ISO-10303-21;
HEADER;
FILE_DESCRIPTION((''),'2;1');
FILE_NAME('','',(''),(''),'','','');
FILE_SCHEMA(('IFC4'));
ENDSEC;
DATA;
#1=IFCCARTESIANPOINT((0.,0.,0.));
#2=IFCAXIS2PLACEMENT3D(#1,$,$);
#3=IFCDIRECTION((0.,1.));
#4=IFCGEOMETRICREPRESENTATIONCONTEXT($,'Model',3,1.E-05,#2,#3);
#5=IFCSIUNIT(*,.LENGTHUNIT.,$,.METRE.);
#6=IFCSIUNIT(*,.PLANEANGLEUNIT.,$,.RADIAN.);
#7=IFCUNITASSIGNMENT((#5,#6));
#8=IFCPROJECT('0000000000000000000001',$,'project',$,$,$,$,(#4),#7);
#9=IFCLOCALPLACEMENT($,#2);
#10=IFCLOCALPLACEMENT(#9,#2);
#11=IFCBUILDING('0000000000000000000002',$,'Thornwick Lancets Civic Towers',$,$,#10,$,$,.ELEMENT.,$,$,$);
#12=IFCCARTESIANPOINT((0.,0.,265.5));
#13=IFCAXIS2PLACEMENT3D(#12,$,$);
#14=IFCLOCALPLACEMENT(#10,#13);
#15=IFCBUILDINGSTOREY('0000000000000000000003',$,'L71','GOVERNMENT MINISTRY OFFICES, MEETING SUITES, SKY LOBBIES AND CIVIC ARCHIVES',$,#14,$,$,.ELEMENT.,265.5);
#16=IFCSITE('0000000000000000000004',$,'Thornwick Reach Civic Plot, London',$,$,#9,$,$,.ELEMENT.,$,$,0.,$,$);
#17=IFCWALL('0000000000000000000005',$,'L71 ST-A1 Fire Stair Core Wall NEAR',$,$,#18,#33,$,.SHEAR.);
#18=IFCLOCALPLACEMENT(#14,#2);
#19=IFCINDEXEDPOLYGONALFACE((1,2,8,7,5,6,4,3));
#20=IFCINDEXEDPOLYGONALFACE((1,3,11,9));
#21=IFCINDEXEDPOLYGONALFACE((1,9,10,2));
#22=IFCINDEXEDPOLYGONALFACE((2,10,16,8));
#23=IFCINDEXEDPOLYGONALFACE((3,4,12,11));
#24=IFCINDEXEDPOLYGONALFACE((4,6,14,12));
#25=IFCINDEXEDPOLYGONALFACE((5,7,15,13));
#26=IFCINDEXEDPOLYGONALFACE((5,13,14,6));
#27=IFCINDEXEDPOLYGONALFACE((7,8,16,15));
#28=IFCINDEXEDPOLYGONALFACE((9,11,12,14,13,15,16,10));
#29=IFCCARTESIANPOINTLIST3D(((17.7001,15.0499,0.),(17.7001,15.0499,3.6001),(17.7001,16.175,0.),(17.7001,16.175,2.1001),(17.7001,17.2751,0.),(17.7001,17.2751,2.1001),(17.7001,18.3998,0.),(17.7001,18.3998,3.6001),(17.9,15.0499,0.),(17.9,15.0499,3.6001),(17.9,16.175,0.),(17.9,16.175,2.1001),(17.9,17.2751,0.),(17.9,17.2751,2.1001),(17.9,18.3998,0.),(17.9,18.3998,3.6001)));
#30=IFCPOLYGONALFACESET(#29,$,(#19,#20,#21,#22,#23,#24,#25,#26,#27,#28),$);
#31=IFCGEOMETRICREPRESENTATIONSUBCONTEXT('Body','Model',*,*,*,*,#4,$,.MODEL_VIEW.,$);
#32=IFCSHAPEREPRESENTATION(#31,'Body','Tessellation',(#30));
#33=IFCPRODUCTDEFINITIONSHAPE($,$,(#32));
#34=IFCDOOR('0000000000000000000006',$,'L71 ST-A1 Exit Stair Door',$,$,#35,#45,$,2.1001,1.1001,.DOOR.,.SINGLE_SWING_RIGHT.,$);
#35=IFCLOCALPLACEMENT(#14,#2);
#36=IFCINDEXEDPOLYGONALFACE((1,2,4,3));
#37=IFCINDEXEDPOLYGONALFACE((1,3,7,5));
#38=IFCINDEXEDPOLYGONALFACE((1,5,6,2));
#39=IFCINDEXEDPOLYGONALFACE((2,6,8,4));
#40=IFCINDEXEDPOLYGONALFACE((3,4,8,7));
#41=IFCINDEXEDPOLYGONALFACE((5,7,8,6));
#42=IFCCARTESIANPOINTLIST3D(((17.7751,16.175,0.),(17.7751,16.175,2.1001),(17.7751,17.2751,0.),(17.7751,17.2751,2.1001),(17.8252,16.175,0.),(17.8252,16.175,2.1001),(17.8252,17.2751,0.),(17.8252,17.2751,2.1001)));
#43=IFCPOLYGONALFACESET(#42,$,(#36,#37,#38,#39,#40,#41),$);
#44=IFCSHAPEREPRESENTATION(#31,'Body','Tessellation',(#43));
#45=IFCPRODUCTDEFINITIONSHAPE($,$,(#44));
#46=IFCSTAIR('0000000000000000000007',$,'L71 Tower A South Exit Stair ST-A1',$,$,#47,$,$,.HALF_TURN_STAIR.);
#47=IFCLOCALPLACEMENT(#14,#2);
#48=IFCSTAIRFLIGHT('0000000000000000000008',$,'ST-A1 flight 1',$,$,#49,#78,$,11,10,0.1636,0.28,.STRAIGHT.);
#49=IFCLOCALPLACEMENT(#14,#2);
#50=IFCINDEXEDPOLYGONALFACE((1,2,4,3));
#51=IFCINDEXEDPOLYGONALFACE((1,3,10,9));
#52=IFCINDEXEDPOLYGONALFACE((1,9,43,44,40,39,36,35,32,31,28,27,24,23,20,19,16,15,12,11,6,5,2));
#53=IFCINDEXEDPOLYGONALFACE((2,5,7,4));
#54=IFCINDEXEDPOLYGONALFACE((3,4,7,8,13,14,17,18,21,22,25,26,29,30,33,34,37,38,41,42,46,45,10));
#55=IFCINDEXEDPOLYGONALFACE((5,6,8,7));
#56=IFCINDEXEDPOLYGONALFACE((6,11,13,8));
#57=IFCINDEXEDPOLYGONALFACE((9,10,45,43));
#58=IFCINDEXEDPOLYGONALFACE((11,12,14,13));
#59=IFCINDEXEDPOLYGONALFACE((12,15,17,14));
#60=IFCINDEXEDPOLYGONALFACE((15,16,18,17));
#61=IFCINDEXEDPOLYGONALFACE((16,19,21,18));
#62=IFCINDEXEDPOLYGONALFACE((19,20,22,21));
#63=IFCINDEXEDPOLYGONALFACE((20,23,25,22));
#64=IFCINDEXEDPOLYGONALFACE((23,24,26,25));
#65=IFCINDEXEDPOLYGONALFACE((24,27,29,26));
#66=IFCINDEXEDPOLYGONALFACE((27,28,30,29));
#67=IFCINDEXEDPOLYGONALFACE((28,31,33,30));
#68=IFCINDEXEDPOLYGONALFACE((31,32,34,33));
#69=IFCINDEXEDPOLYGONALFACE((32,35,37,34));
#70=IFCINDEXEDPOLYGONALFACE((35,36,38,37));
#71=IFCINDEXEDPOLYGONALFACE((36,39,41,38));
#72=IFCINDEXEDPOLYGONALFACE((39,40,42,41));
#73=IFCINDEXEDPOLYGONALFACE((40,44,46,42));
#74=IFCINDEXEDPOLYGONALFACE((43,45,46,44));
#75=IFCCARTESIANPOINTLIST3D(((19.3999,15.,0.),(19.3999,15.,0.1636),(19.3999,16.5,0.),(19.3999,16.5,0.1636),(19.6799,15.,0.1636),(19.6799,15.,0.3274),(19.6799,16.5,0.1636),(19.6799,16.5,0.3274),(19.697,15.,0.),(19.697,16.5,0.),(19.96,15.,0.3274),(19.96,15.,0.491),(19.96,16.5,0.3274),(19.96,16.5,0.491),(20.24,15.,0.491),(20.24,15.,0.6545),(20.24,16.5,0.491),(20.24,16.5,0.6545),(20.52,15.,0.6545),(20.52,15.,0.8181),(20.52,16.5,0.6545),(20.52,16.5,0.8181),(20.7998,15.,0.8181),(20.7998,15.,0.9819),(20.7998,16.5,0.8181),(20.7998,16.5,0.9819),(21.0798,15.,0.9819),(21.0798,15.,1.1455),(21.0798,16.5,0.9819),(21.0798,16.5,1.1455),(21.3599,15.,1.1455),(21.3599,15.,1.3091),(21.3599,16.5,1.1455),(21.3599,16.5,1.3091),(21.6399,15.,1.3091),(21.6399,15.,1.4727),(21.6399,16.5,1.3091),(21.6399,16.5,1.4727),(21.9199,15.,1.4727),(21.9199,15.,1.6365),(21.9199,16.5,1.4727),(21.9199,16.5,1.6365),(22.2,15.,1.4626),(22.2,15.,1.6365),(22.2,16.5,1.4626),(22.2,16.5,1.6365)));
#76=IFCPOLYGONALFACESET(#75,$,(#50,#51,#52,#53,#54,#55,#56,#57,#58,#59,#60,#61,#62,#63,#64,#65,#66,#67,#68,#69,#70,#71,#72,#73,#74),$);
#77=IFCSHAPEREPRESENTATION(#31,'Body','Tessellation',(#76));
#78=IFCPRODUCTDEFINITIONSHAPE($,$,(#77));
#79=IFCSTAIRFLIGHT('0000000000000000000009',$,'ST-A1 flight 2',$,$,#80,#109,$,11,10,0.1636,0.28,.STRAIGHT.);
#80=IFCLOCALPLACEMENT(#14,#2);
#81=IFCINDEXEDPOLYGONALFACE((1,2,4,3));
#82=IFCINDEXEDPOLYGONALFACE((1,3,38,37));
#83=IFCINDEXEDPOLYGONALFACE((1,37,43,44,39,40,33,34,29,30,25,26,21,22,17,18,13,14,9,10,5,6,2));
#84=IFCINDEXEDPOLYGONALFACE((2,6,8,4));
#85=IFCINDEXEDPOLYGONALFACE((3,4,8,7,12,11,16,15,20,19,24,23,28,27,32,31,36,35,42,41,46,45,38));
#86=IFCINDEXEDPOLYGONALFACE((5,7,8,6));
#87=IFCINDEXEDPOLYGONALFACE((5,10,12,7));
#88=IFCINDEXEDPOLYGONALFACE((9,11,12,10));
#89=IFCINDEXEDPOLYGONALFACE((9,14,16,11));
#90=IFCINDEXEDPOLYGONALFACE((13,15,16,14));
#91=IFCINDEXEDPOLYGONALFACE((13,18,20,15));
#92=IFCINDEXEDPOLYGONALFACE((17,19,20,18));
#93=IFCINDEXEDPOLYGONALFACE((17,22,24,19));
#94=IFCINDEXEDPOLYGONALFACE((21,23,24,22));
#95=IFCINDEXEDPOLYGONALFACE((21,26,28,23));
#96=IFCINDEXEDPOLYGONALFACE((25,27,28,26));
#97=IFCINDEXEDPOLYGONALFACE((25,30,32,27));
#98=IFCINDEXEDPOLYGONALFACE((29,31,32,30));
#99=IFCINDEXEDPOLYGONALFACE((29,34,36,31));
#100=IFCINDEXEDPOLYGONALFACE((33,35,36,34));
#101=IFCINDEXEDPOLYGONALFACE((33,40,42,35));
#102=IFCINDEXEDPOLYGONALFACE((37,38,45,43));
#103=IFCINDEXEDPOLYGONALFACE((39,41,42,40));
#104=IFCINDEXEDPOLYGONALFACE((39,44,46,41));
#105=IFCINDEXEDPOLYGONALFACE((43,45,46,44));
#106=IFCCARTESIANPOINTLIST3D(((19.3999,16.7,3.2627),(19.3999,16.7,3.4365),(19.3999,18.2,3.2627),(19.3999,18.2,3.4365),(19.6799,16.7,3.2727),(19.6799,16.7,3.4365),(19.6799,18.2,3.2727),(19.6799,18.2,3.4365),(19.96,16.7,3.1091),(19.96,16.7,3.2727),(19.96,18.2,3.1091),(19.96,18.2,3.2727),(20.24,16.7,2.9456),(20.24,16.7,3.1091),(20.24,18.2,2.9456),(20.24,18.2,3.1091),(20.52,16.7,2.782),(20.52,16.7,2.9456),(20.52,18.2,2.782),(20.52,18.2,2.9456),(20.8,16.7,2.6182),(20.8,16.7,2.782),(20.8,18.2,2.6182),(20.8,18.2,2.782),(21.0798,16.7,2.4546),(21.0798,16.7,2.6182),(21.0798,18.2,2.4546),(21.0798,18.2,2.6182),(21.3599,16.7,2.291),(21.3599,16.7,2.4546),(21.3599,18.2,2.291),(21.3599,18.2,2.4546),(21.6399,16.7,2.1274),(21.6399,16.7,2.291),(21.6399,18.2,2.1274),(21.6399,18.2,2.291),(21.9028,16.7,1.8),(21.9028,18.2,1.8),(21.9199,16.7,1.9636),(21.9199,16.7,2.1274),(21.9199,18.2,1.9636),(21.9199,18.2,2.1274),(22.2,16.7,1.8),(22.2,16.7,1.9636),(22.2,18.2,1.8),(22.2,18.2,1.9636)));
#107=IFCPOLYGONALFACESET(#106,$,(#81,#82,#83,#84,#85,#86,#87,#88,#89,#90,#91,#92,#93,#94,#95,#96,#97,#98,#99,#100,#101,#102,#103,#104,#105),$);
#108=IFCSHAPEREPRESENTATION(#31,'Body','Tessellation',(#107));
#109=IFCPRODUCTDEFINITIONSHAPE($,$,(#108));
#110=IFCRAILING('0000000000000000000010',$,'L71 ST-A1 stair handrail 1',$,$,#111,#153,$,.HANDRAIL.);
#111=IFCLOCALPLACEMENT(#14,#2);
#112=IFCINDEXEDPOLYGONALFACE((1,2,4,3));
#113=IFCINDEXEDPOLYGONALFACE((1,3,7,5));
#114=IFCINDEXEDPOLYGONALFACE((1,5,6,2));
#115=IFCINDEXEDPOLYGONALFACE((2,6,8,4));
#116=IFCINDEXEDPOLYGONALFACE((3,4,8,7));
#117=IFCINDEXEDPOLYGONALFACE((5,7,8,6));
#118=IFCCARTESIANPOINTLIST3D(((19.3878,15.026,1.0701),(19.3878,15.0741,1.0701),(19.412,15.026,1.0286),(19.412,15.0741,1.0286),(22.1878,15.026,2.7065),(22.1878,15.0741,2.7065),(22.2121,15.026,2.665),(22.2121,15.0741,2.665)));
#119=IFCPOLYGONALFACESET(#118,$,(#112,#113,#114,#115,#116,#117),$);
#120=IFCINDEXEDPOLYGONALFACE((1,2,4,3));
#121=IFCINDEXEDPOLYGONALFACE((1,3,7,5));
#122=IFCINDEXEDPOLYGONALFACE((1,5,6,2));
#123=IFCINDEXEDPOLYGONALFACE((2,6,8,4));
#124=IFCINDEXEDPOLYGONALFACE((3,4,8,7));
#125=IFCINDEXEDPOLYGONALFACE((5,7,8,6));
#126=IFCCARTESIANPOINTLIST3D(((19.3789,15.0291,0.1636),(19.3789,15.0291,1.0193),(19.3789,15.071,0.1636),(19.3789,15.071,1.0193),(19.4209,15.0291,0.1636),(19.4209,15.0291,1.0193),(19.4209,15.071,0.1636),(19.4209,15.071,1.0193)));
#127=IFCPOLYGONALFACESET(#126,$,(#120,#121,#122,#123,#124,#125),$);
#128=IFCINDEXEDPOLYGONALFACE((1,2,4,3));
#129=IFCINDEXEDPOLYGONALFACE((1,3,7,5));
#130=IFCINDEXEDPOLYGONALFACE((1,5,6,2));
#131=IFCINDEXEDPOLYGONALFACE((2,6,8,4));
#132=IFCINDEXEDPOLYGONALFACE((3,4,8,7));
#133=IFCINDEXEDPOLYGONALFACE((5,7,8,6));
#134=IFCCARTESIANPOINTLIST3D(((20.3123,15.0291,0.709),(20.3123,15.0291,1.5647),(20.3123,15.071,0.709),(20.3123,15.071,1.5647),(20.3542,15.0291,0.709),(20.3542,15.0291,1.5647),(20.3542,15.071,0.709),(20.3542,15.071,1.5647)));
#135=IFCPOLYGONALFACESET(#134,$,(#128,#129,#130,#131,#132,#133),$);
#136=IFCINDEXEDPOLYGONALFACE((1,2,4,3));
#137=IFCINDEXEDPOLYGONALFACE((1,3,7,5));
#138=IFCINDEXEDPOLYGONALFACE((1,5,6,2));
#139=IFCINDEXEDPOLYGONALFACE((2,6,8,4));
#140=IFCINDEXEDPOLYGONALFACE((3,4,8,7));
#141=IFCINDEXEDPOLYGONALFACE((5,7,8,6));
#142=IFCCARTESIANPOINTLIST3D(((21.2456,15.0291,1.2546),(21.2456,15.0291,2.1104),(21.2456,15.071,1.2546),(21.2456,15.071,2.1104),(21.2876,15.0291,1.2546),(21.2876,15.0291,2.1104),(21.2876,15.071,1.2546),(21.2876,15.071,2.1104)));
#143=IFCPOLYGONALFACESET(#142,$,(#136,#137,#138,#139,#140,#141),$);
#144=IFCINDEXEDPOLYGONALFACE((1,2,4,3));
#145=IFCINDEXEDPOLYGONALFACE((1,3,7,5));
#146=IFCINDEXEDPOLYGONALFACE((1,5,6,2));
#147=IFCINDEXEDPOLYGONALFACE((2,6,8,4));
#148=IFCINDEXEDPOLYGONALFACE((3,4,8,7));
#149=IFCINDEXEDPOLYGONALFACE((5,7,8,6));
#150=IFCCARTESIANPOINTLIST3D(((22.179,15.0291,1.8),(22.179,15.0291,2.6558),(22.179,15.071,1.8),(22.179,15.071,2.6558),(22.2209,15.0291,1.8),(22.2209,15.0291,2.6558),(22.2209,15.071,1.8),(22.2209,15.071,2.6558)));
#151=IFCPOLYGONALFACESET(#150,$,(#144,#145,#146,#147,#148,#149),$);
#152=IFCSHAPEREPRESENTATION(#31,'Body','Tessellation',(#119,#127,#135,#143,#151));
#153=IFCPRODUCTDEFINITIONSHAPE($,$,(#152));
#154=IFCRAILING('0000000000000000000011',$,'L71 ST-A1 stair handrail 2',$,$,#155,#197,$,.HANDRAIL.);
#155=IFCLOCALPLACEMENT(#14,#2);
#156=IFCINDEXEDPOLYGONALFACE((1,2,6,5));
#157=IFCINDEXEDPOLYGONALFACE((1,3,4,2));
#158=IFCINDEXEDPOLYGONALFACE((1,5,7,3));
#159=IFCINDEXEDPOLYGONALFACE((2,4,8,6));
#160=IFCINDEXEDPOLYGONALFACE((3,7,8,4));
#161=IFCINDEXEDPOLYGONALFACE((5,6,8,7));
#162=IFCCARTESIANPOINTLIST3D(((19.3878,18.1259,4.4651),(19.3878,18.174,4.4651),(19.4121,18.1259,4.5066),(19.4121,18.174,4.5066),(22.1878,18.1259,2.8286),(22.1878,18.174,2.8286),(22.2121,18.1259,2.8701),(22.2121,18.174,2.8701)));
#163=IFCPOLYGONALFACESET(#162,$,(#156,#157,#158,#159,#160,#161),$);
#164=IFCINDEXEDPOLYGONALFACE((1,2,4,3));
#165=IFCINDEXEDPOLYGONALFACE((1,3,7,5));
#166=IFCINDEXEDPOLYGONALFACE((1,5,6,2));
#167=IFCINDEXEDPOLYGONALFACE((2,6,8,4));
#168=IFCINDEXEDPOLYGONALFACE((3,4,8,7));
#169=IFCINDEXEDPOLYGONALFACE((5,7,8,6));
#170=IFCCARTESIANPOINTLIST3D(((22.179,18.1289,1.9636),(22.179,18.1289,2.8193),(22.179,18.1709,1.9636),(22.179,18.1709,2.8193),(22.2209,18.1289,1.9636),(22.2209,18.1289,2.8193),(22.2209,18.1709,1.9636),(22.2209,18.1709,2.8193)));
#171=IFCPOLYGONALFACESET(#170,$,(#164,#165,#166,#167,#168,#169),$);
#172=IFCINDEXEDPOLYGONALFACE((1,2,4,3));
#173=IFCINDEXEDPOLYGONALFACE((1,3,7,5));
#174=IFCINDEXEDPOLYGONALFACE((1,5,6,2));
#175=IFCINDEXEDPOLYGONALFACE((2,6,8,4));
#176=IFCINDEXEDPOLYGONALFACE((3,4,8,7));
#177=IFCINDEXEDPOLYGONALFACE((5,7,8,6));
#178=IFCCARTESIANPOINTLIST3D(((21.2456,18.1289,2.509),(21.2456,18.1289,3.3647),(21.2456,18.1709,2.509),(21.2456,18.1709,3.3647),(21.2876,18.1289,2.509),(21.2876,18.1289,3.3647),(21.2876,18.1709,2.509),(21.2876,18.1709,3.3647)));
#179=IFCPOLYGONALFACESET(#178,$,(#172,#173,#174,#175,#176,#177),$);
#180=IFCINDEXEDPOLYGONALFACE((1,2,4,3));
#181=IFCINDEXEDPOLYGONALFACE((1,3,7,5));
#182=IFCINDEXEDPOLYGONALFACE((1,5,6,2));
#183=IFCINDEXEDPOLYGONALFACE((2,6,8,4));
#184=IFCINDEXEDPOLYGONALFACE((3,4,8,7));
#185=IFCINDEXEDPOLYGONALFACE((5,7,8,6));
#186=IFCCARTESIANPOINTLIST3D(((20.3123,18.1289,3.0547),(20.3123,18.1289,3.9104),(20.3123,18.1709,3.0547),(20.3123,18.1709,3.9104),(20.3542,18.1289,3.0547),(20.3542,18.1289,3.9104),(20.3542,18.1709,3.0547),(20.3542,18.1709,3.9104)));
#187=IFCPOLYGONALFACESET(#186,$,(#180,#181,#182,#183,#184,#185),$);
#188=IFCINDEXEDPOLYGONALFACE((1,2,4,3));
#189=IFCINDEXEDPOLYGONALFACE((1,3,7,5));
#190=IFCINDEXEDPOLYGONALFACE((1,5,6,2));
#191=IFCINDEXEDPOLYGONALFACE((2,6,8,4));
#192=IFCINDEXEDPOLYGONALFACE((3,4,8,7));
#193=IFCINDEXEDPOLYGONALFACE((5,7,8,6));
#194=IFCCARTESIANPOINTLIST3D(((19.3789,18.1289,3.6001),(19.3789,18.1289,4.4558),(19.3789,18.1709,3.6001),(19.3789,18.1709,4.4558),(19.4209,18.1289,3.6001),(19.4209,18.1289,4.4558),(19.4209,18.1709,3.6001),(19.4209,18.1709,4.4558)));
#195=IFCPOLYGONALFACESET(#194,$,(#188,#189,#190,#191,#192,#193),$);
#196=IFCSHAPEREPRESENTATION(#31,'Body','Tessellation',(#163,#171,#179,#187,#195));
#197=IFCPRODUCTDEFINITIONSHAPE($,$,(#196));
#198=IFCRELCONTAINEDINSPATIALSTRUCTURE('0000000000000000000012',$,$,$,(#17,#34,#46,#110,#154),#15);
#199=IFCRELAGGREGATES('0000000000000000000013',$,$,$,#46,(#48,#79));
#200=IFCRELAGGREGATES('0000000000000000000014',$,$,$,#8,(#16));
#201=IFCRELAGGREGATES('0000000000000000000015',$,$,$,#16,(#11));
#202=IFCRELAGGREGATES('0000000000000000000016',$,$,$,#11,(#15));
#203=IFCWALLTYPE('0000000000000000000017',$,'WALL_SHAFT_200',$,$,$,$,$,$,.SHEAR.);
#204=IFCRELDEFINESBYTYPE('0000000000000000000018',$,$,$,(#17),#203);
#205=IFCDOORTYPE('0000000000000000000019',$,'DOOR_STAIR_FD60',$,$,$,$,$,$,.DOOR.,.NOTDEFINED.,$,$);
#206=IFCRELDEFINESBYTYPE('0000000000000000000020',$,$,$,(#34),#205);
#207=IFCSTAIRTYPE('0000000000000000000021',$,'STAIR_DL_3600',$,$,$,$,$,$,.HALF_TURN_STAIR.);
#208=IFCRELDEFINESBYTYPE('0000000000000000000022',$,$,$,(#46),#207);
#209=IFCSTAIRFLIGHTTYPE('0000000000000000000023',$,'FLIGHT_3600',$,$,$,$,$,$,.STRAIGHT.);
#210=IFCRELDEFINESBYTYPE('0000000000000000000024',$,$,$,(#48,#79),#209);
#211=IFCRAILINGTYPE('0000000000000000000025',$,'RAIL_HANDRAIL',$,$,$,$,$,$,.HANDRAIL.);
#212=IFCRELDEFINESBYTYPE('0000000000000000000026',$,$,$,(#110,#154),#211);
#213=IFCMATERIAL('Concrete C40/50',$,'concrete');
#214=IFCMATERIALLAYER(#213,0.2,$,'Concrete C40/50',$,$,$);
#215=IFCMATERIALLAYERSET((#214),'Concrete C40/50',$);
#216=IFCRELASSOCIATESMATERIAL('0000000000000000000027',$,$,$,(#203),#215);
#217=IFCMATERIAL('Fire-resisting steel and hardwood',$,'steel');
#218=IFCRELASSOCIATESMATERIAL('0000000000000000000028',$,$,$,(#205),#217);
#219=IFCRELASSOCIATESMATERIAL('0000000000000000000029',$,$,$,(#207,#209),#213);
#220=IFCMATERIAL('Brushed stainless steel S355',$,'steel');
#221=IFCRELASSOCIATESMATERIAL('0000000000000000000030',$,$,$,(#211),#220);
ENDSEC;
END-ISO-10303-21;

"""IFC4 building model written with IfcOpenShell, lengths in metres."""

from ifc_helpers import new_model, si_unit, direction, frame, frame_2d, origin, origin_2d, place, context, subcontext, project, spatial, polyline, rectangle, outline, extrude, material, layer, layer_set, type_object, element, fill, aggregate, save


model = new_model("IFC4")

# Units and contexts
model_context = context("Model", 3, precision=1e-05, world=origin(), true_north=direction((0.0, 1.0)))
body_context = subcontext(model_context, "Body", "Model", "MODEL_VIEW")
ifc_project = project(units=[si_unit("LENGTHUNIT", "METRE"), si_unit("PLANEANGLEUNIT", "RADIAN")], contexts=[model_context])

# Site, building, storey
site_placement = place(None, origin())
site = spatial("IfcSite", under=ifc_project, at=site_placement, Name="Thornwick Reach Civic Plot, London", CompositionType="ELEMENT", RefElevation=0.0)
building_placement = place(site_placement, origin())
building = spatial("IfcBuilding", under=site, at=building_placement, Name="Thornwick Lancets Civic Towers", CompositionType="ELEMENT")
storey_placement = place(building_placement, frame((0.0, 0.0, 265.5)))
storey = spatial("IfcBuildingStorey", under=building, at=storey_placement, Name="L71", Description="GOVERNMENT MINISTRY OFFICES, MEETING SUITES, SKY LOBBIES AND CIVIC ARCHIVES", CompositionType="ELEMENT", Elevation=265.5)

# Shared definitions
ifc_material_1 = material(Name="Concrete C40/50", Category="concrete")

# Wall, opening, door
ifc_layer_1 = layer(ifc_material_1, 0.2, Name="Concrete C40/50")
ifc_layer_set_1 = layer_set([ifc_layer_1], Name="Concrete C40/50")
wall_type_1 = type_object("IfcWallType", Name="WALL_SHAFT_200", PredefinedType="SHEAR", material=ifc_layer_set_1)
wall_1_placement = place(storey_placement, frame((17.8, 15.05, 0.0), z_axis=(0.0, 0.0, 1.0), x_axis=(0.0, 1.0, 0.0)))
wall_1 = element("IfcWall", 1, at=wall_1_placement, inside=storey, type_object=wall_type_1, Name="L71 ST-A1 Fire Stair Core Wall NEAR", PredefinedType="SHEAR", context=body_context, shape_type="SweptSolid", body=[
    extrude(rectangle(XDim=3.3499, YDim=0.2, at=frame_2d((1.6748, 0.0))), origin(), (0.0, 0.0, 1.0), 3.6001),
])
opening_1_placement = place(wall_1_placement, frame((1.125, 0.0, 0.0)))
opening_1 = element("IfcOpeningElement", 2, at=opening_1_placement, cuts=wall_1, PredefinedType="OPENING", context=body_context, shape_type="SweptSolid", body=[
    extrude(rectangle(XDim=1.1001, YDim=2.1001, at=frame_2d((0.55, 1.05))), frame((0.0, 0.1099, 0.0), z_axis=(0.0, -1.0, 0.0), x_axis=(1.0, 0.0, 0.0)), (0.0, 0.0, 1.0), 0.22),
])
ifc_material_2 = material(Name="Fire-resisting steel and hardwood", Category="steel")
door_type_1 = type_object("IfcDoorType", Name="DOOR_STAIR_FD60", OperationType="NOTDEFINED", PredefinedType="DOOR", material=ifc_material_2)
door_1_placement = place(opening_1_placement, origin())
door_1 = element("IfcDoor", 3, at=door_1_placement, inside=storey, type_object=door_type_1, Name="L71 ST-A1 Exit Stair Door", OperationType="SINGLE_SWING_RIGHT", OverallHeight=2.1001, OverallWidth=1.1001, PredefinedType="DOOR", context=body_context, shape_type="SweptSolid", body=[
    extrude(rectangle(XDim=1.1001, YDim=2.1001, at=frame_2d((0.55, 1.05))), frame((0.0, 0.0249, 0.0), z_axis=(0.0, -1.0, 0.0), x_axis=(1.0, 0.0, 0.0)), (0.0, 0.0, 1.0), 0.05),
])
fill(opening_1, door_1)

# Stair, stair flights
stair_type = type_object("IfcStairType", Name="STAIR_DL_3600", PredefinedType="HALF_TURN_STAIR", material=ifc_material_1)
stair_placement = place(storey_placement, origin())
stair = element("IfcStair", 4, at=stair_placement, inside=storey, type_object=stair_type, Name="L71 Tower A South Exit Stair ST-A1", PredefinedType="HALF_TURN_STAIR")
stair_flight_type = type_object("IfcStairFlightType", Name="FLIGHT_3600", PredefinedType="STRAIGHT", material=ifc_material_1)
stair_flight_1_placement = place(storey_placement, frame((19.3999, 15.75, 0.0), z_axis=(0.0, 0.0, 1.0), x_axis=(1.0, 0.0, 0.0)))
stair_flight_1 = element("IfcStairFlight", 5, at=stair_flight_1_placement, type_object=stair_flight_type, Name="ST-A1 flight 1", NumberOfRisers=11, NumberOfTreads=10, PredefinedType="STRAIGHT", RiserHeight=0.1636, TreadLength=0.28, context=body_context, shape_type="SweptSolid", body=[
    extrude(outline(polyline([(0.0, 0.0), (0.0, 0.1636), (0.28, 0.1636), (0.28, 0.3274), (0.5601, 0.3274), (0.5601, 0.491), (0.8401, 0.491), (0.8401, 0.6545), (1.1201, 0.6545), (1.1201, 0.8181), (1.3999, 0.8181), (1.3999, 0.9819), (1.6799, 0.9819), (1.6799, 1.1455), (1.96, 1.1455), (1.96, 1.3091), (2.24, 1.3091), (2.24, 1.4727), (2.52, 1.4727), (2.52, 1.6365), (2.8, 1.6365), (2.8, 1.8), (2.8, 1.4626), (0.2971, 0.0), (0.0, 0.0)])), frame((0.0, 0.75, 0.0), z_axis=(0.0, -1.0, 0.0), x_axis=(1.0, 0.0, 0.0)), (0.0, 0.0, 1.0), 1.5),
])
stair_flight_2_placement = place(storey_placement, frame((22.2, 17.45, 1.8), z_axis=(0.0, 0.0, 1.0), x_axis=(-1.0, 0.0, 0.0)))
stair_flight_2 = element("IfcStairFlight", 6, at=stair_flight_2_placement, type_object=stair_flight_type, Name="ST-A1 flight 2", NumberOfRisers=11, NumberOfTreads=10, PredefinedType="STRAIGHT", RiserHeight=0.1636, TreadLength=0.28, context=body_context, shape_type="SweptSolid", body=[
    extrude(outline(polyline([(0.0, 0.0), (0.0, 0.1636), (0.28, 0.1636), (0.28, 0.3274), (0.5601, 0.3274), (0.5601, 0.491), (0.8401, 0.491), (0.8401, 0.6545), (1.1201, 0.6545), (1.1201, 0.8181), (1.3999, 0.8181), (1.3999, 0.9819), (1.6799, 0.9819), (1.6799, 1.1455), (1.96, 1.1455), (1.96, 1.3091), (2.24, 1.3091), (2.24, 1.4727), (2.52, 1.4727), (2.52, 1.6365), (2.8, 1.6365), (2.8, 1.8), (2.8, 1.4626), (0.2971, 0.0), (0.0, 0.0)])), frame((0.0, 0.75, 0.0), z_axis=(0.0, -1.0, 0.0), x_axis=(1.0, 0.0, 0.0)), (0.0, 0.0, 1.0), 1.5),
])
aggregate(stair, [stair_flight_1, stair_flight_2])

# Railings
ifc_material_3 = material(Name="Brushed stainless steel S355", Category="steel")
railing_type_1 = type_object("IfcRailingType", Name="RAIL_HANDRAIL", PredefinedType="HANDRAIL", material=ifc_material_3)
railing_1_placement = place(storey_placement, frame((19.3999, 15.05, 0.1636)))
element("IfcRailing", 7, at=railing_1_placement, inside=storey, type_object=railing_type_1, Name="L71 ST-A1 stair handrail 1", PredefinedType="HANDRAIL", context=body_context, shape_type="SweptSolid", body=[
    extrude(rectangle(XDim=0.0481, YDim=0.0481, at=origin_2d()), frame((0.0, 0.0, 0.8857), z_axis=(0.863361, 0.0, 0.504587), x_axis=(0.0, 1.0, 0.0)), (0.0, 0.0, 1.0), 3.2432),
    extrude(rectangle(XDim=0.042, YDim=0.042, at=origin_2d()), origin(), (0.0, 0.0, 1.0), 0.8557),
    extrude(rectangle(XDim=0.042, YDim=0.042, at=origin_2d()), frame((0.9333, 0.0, 0.5454)), (0.0, 0.0, 1.0), 0.8557),
    extrude(rectangle(XDim=0.042, YDim=0.042, at=origin_2d()), frame((1.8667, 0.0, 1.0911)), (0.0, 0.0, 1.0), 0.8557),
    extrude(rectangle(XDim=0.042, YDim=0.042, at=origin_2d()), frame((2.8, 0.0, 1.6365)), (0.0, 0.0, 1.0), 0.8557),
])
railing_2_placement = place(storey_placement, frame((22.2, 18.1499, 1.9636)))
element("IfcRailing", 8, at=railing_2_placement, inside=storey, type_object=railing_type_1, Name="L71 ST-A1 stair handrail 2", PredefinedType="HANDRAIL", context=body_context, shape_type="SweptSolid", body=[
    extrude(rectangle(XDim=0.0481, YDim=0.0481, at=origin_2d()), frame((0.0, 0.0, 0.8857), z_axis=(-0.863361, 0.0, 0.504587), x_axis=(0.0, -1.0, 0.0)), (0.0, 0.0, 1.0), 3.2432),
    extrude(rectangle(XDim=0.042, YDim=0.042, at=origin_2d()), origin(), (0.0, 0.0, 1.0), 0.8557),
    extrude(rectangle(XDim=0.042, YDim=0.042, at=origin_2d()), frame((-0.9333, 0.0, 0.5454)), (0.0, 0.0, 1.0), 0.8557),
    extrude(rectangle(XDim=0.042, YDim=0.042, at=origin_2d()), frame((-1.8667, 0.0, 1.0911)), (0.0, 0.0, 1.0), 0.8557),
    extrude(rectangle(XDim=0.042, YDim=0.042, at=origin_2d()), frame((-2.8, 0.0, 1.6365)), (0.0, 0.0, 1.0), 0.8557),
])

save(model, "model.ifc")
